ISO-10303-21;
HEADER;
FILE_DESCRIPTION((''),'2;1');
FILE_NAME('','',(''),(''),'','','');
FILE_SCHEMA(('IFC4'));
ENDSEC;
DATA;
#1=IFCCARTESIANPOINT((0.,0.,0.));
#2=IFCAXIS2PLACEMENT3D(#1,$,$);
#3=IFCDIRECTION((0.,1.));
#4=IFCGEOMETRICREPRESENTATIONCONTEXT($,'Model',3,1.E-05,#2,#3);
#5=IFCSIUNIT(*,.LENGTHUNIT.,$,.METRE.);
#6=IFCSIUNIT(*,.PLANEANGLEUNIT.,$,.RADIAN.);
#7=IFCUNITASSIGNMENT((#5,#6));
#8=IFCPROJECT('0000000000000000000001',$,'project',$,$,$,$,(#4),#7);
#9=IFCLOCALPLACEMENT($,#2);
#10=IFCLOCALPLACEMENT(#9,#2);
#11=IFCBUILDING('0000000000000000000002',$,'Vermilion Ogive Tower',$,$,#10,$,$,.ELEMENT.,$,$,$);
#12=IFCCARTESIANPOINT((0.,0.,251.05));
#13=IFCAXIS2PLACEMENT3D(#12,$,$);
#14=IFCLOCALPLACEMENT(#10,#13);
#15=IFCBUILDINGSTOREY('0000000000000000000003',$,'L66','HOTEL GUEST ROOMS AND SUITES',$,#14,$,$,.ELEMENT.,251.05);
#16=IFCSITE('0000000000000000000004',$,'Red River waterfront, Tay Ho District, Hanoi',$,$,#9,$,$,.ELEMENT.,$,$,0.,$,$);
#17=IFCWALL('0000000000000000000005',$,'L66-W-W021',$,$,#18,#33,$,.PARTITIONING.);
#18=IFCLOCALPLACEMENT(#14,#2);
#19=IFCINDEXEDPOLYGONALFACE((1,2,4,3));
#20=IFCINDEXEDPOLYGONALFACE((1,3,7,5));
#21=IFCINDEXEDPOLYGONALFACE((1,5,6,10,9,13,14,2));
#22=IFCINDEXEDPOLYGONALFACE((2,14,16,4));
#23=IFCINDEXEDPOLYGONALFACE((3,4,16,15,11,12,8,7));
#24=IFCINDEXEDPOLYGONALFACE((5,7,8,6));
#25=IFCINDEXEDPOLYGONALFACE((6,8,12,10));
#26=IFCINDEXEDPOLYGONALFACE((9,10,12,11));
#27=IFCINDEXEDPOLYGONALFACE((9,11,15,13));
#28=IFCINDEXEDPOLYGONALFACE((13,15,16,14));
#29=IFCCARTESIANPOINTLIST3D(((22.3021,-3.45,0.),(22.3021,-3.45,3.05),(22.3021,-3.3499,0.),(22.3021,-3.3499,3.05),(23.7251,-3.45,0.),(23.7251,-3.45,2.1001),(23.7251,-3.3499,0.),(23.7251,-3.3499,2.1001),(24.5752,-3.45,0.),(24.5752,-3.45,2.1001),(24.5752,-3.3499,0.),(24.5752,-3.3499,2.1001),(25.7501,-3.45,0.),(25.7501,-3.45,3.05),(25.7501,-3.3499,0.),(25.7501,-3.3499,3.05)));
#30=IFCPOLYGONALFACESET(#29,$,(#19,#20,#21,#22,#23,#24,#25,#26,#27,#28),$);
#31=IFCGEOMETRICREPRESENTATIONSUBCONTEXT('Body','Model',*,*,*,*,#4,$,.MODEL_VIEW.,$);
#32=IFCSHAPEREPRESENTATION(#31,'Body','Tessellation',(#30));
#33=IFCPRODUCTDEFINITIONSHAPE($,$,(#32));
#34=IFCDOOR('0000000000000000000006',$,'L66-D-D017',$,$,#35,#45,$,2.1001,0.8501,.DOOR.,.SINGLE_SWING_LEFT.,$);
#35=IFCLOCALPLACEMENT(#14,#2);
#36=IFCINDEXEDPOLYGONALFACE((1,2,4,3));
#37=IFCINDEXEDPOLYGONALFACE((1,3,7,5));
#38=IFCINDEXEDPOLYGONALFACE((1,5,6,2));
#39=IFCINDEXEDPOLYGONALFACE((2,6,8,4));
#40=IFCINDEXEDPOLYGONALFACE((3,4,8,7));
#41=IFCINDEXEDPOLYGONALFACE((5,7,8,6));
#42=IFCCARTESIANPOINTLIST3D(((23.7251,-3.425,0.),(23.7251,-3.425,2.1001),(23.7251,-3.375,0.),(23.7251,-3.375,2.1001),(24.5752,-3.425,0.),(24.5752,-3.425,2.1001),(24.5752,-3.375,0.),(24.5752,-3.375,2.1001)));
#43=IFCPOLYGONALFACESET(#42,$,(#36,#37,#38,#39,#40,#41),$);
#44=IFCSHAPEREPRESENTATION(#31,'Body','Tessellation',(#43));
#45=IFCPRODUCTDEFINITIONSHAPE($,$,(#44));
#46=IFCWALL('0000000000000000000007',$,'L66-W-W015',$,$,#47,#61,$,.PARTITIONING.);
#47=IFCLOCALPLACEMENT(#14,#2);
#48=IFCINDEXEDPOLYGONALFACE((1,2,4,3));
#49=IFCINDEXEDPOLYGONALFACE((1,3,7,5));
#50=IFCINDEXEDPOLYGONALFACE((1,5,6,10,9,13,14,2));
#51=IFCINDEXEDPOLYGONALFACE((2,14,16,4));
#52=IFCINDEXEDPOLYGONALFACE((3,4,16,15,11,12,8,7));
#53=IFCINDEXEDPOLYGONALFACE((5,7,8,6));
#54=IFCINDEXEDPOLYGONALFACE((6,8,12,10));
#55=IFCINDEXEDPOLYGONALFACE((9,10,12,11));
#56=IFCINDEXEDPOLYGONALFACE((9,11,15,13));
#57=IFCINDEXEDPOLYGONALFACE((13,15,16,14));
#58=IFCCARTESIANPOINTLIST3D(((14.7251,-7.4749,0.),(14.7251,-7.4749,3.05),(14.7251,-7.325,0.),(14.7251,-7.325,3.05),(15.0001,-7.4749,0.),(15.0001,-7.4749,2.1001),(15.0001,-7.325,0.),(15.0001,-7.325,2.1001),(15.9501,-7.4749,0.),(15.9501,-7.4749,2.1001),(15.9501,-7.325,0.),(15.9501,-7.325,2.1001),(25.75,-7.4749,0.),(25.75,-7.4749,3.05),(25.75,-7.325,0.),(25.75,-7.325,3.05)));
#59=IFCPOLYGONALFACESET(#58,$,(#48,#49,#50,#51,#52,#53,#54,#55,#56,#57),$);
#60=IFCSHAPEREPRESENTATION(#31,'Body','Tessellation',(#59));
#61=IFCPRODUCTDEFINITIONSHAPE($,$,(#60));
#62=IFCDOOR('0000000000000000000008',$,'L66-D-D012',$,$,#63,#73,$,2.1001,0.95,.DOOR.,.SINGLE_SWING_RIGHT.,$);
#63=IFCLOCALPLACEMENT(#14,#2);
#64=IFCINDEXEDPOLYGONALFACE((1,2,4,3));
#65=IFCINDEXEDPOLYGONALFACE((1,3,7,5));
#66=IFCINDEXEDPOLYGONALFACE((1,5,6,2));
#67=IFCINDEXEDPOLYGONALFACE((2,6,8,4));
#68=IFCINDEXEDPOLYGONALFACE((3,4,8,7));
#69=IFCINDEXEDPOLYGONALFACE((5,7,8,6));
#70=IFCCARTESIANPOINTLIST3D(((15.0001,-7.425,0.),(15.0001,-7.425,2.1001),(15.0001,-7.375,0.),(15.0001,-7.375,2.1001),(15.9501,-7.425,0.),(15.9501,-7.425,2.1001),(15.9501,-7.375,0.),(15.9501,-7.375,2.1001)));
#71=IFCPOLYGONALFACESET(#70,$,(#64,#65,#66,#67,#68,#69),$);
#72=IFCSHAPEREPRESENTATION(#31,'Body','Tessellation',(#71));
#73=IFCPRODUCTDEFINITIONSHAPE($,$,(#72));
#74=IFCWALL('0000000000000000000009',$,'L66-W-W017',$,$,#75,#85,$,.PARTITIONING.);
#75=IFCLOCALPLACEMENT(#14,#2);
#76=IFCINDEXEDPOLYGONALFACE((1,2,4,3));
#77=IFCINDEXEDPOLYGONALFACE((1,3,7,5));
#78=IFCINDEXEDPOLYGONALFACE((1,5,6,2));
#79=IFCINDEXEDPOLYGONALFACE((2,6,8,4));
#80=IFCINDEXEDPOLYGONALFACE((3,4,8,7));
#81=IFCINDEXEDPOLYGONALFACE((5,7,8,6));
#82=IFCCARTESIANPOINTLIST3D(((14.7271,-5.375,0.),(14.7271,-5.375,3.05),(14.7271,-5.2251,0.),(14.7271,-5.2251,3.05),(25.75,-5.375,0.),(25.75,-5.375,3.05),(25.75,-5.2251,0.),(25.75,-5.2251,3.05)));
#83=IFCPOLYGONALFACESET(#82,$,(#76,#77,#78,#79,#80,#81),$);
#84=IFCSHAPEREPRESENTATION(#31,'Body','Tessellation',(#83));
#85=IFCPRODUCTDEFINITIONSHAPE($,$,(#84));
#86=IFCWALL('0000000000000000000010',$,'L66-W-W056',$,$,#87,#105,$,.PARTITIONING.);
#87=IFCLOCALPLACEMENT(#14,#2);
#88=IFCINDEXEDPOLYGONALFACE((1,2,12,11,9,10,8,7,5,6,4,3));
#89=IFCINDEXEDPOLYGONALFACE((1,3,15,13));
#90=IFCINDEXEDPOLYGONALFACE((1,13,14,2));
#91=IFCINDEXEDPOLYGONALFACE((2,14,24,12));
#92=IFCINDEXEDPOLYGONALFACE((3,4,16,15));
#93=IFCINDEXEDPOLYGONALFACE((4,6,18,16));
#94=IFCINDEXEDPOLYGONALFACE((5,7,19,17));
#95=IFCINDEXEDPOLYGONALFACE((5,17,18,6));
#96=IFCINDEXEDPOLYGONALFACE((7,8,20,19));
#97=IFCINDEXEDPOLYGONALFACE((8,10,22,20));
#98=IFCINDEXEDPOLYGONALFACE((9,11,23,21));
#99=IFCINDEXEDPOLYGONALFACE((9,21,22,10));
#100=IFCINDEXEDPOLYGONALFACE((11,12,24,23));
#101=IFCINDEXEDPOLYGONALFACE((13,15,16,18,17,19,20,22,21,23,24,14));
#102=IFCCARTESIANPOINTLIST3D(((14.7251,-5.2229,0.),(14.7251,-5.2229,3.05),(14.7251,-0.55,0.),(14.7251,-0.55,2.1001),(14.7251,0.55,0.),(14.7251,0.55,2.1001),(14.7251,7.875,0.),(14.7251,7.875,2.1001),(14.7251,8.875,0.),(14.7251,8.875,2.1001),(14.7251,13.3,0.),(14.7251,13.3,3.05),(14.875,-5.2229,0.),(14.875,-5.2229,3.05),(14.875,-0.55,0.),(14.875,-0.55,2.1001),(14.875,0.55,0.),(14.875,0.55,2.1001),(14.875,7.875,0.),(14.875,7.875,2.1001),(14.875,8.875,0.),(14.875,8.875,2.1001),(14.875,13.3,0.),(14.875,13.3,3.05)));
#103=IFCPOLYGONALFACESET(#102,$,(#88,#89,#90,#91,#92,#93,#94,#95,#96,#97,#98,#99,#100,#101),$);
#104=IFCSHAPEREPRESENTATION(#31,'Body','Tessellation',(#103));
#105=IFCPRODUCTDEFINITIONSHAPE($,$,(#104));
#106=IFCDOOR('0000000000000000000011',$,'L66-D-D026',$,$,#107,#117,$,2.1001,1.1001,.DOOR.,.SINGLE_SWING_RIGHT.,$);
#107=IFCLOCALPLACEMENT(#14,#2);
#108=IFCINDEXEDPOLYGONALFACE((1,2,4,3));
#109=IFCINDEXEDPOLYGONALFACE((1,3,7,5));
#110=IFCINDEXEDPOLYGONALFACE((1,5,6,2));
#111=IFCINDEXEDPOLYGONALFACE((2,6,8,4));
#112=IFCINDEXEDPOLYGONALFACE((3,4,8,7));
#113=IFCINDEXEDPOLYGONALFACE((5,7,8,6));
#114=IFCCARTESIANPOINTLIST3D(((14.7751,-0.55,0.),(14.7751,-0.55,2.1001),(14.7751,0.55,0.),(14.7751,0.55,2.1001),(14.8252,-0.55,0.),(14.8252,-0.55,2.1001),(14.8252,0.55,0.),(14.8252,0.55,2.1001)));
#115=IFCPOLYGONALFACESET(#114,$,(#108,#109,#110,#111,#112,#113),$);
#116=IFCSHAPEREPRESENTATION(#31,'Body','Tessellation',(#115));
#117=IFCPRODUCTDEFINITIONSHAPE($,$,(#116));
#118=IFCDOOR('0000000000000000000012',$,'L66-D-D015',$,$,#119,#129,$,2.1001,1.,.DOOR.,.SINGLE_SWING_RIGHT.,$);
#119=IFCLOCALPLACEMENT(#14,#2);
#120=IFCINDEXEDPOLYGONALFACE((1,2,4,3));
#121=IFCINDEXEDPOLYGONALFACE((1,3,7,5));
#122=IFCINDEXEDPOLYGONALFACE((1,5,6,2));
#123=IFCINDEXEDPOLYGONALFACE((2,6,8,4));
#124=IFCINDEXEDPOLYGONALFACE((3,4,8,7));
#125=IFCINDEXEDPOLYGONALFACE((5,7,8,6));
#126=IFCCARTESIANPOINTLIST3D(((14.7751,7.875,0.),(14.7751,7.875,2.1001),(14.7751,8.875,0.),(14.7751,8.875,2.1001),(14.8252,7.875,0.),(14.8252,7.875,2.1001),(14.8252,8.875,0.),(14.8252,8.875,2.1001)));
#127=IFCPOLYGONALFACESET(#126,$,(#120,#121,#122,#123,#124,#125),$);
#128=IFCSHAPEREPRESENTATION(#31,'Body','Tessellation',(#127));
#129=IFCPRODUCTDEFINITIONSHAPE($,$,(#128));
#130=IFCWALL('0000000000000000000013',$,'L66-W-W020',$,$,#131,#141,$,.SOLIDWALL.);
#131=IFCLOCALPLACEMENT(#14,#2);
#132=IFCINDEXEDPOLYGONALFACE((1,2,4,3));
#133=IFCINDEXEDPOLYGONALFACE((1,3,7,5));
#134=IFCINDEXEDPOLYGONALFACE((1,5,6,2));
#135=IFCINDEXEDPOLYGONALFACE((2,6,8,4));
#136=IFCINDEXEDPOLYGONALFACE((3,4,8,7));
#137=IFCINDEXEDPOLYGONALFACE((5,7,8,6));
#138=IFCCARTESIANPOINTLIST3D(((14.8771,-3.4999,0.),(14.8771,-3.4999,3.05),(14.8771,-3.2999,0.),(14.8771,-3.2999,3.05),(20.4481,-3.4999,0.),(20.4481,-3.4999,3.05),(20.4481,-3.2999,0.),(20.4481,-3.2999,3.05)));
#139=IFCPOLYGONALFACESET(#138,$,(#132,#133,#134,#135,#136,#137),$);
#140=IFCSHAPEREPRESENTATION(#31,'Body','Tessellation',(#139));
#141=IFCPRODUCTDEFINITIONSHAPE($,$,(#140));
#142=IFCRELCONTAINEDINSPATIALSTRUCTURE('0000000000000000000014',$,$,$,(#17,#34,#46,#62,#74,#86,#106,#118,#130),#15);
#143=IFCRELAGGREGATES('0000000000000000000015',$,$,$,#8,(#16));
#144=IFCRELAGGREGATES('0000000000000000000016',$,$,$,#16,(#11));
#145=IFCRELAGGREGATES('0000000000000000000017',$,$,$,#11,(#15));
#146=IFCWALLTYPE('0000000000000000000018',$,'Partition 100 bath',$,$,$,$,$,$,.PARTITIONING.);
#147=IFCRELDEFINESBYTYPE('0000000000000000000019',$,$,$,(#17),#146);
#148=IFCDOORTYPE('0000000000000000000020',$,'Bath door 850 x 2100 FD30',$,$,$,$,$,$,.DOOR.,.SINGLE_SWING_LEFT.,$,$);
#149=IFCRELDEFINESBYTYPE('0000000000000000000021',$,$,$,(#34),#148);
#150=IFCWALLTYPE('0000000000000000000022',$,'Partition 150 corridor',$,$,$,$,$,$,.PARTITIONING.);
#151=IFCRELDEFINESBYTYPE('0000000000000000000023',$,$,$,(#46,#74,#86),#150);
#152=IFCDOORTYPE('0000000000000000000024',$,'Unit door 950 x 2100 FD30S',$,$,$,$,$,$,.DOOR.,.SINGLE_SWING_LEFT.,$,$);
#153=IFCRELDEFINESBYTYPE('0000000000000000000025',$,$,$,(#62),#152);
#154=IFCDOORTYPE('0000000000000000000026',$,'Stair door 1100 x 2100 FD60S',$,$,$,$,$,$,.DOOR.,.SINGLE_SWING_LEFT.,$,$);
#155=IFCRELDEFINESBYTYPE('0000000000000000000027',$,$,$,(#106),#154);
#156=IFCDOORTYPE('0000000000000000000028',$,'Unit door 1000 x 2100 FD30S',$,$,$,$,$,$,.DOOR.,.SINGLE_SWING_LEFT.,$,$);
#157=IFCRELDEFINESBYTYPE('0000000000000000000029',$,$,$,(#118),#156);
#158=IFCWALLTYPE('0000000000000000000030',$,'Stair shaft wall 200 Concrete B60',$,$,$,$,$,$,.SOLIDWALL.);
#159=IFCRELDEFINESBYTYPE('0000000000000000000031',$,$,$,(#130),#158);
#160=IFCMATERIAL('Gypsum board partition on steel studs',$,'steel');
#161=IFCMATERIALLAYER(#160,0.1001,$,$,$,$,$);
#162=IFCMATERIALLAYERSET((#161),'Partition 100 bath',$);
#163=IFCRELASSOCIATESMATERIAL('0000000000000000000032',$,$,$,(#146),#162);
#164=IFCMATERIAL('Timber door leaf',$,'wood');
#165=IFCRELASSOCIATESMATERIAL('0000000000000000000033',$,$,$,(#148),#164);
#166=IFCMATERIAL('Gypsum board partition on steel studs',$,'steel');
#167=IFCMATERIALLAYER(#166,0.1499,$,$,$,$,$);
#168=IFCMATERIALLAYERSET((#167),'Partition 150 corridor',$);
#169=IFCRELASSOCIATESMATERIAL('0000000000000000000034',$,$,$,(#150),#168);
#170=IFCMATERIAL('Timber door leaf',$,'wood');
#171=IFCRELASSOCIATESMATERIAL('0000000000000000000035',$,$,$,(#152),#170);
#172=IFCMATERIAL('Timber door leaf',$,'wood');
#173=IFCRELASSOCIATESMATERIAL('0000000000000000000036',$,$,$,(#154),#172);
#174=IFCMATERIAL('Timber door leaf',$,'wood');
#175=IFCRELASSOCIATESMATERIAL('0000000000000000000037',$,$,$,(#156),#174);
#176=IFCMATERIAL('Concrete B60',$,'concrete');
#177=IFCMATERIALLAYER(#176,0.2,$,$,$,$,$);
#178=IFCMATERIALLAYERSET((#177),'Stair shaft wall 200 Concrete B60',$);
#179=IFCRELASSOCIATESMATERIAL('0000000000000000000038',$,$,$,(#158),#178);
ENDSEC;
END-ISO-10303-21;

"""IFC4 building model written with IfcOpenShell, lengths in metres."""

from ifc_helpers import new_model, si_unit, direction, frame, frame_2d, origin, place, context, subcontext, project, spatial, rectangle, extrude, material, layer, layer_set, type_object, element, fill, save


model = new_model("IFC4")

# Units and contexts
model_context = context("Model", 3, precision=1e-05, world=origin(), true_north=direction((0.0, 1.0)))
body_context = subcontext(model_context, "Body", "Model", "MODEL_VIEW")
ifc_project = project(units=[si_unit("LENGTHUNIT", "METRE"), si_unit("PLANEANGLEUNIT", "RADIAN")], contexts=[model_context])

# Site, building, storey
site_placement = place(None, origin())
site = spatial("IfcSite", under=ifc_project, at=site_placement, Name="Red River waterfront, Tay Ho District, Hanoi", CompositionType="ELEMENT", RefElevation=0.0)
building_placement = place(site_placement, origin())
building = spatial("IfcBuilding", under=site, at=building_placement, Name="Vermilion Ogive Tower", CompositionType="ELEMENT")
storey_placement = place(building_placement, frame((0.0, 0.0, 251.05)))
storey = spatial("IfcBuildingStorey", under=building, at=storey_placement, Name="L66", Description="HOTEL GUEST ROOMS AND SUITES", CompositionType="ELEMENT", Elevation=251.05)

# Walls, openings, doors
ifc_material_1 = material(Name="Gypsum board partition on steel studs", Category="steel")
ifc_layer_1 = layer(ifc_material_1, 0.1001)
ifc_layer_set_1 = layer_set([ifc_layer_1], Name="Partition 100 bath")
wall_type_1 = type_object("IfcWallType", Name="Partition 100 bath", PredefinedType="PARTITIONING", material=ifc_layer_set_1)
wall_1_placement = place(storey_placement, frame((22.302, -3.3999, 0.0), z_axis=(0.0, 0.0, 1.0), x_axis=(1.0, 0.0, 0.0)))
wall_1 = element("IfcWall", 1, at=wall_1_placement, inside=storey, type_object=wall_type_1, Name="L66-W-W021", PredefinedType="PARTITIONING", context=body_context, shape_type="SweptSolid", body=[
    extrude(rectangle(XDim=3.448, YDim=0.1001, at=frame_2d((1.7241, 0.0))), origin(), (0.0, 0.0, 1.0), 3.05),
])
opening_1_placement = place(wall_1_placement, frame((1.4231, 0.0, 0.0)))
opening_1 = element("IfcOpeningElement", 2, at=opening_1_placement, cuts=wall_1, PredefinedType="OPENING", context=body_context, shape_type="SweptSolid", body=[
    extrude(rectangle(XDim=0.8501, YDim=2.1001, at=frame_2d((0.425, 1.05))), frame((0.0, 0.0601, 0.0), z_axis=(0.0, -1.0, 0.0), x_axis=(1.0, 0.0, 0.0)), (0.0, 0.0, 1.0), 0.1201),
])
ifc_material_2 = material(Name="Timber door leaf", Category="wood")
door_type_1 = type_object("IfcDoorType", Name="Bath door 850 x 2100 FD30", OperationType="SINGLE_SWING_LEFT", PredefinedType="DOOR", material=ifc_material_2)
door_1_placement = place(opening_1_placement, origin())
door_1 = element("IfcDoor", 3, at=door_1_placement, inside=storey, type_object=door_type_1, Name="L66-D-D017", OperationType="SINGLE_SWING_LEFT", OverallHeight=2.1001, OverallWidth=0.8501, PredefinedType="DOOR", context=body_context, shape_type="SweptSolid", body=[
    extrude(rectangle(XDim=0.8501, YDim=2.1001, at=frame_2d((0.425, 1.05))), frame((0.0, 0.0249, 0.0), z_axis=(0.0, -1.0, 0.0), x_axis=(1.0, 0.0, 0.0)), (0.0, 0.0, 1.0), 0.05),
])
fill(opening_1, door_1)
ifc_material_3 = material(Name="Gypsum board partition on steel studs", Category="steel")
ifc_layer_2 = layer(ifc_material_3, 0.1499)
ifc_layer_set_2 = layer_set([ifc_layer_2], Name="Partition 150 corridor")
wall_type_2 = type_object("IfcWallType", Name="Partition 150 corridor", PredefinedType="PARTITIONING", material=ifc_layer_set_2)
wall_2_placement = place(storey_placement, frame((14.7251, -7.3999, 0.0), z_axis=(0.0, 0.0, 1.0), x_axis=(1.0, 0.0, 0.0)))
wall_2 = element("IfcWall", 4, at=wall_2_placement, inside=storey, type_object=wall_type_2, Name="L66-W-W015", PredefinedType="PARTITIONING", context=body_context, shape_type="SweptSolid", body=[
    extrude(rectangle(XDim=11.0249, YDim=0.1499, at=frame_2d((5.5125, 0.0))), origin(), (0.0, 0.0, 1.0), 3.05),
])
opening_2_placement = place(wall_2_placement, frame((0.2749, 0.0, 0.0)))
opening_2 = element("IfcOpeningElement", 5, at=opening_2_placement, cuts=wall_2, PredefinedType="OPENING", context=body_context, shape_type="SweptSolid", body=[
    extrude(rectangle(XDim=0.95, YDim=2.1001, at=frame_2d((0.4751, 1.05))), frame((0.0, 0.085, 0.0), z_axis=(0.0, -1.0, 0.0), x_axis=(1.0, 0.0, 0.0)), (0.0, 0.0, 1.0), 0.1699),
])
ifc_material_4 = material(Name="Timber door leaf", Category="wood")
door_type_2 = type_object("IfcDoorType", Name="Unit door 950 x 2100 FD30S", OperationType="SINGLE_SWING_LEFT", PredefinedType="DOOR", material=ifc_material_4)
door_2_placement = place(opening_2_placement, origin())
door_2 = element("IfcDoor", 6, at=door_2_placement, inside=storey, type_object=door_type_2, Name="L66-D-D012", OperationType="SINGLE_SWING_RIGHT", OverallHeight=2.1001, OverallWidth=0.95, PredefinedType="DOOR", context=body_context, shape_type="SweptSolid", body=[
    extrude(rectangle(XDim=0.95, YDim=2.1001, at=frame_2d((0.4751, 1.05))), frame((0.0, 0.0249, 0.0), z_axis=(0.0, -1.0, 0.0), x_axis=(1.0, 0.0, 0.0)), (0.0, 0.0, 1.0), 0.05),
])
fill(opening_2, door_2)

# Wall
wall_3_placement = place(storey_placement, frame((14.7271, -5.3, 0.0), z_axis=(0.0, 0.0, 1.0), x_axis=(1.0, 0.0, 0.0)))
element("IfcWall", 7, at=wall_3_placement, inside=storey, type_object=wall_type_2, Name="L66-W-W017", PredefinedType="PARTITIONING", context=body_context, shape_type="SweptSolid", body=[
    extrude(rectangle(XDim=11.0229, YDim=0.1499, at=frame_2d((5.5115, 0.0))), origin(), (0.0, 0.0, 1.0), 3.05),
])

# Wall, openings, doors
wall_4_placement = place(storey_placement, frame((14.8, -5.2229, 0.0), z_axis=(0.0, 0.0, 1.0), x_axis=(0.0, 1.0, 0.0)))
wall_4 = element("IfcWall", 8, at=wall_4_placement, inside=storey, type_object=wall_type_2, Name="L66-W-W056", PredefinedType="PARTITIONING", context=body_context, shape_type="SweptSolid", body=[
    extrude(rectangle(XDim=18.5229, YDim=0.1499, at=frame_2d((9.2615, 0.0))), origin(), (0.0, 0.0, 1.0), 3.05),
])
opening_3_placement = place(wall_4_placement, frame((13.0979, 0.0, 0.0)))
opening_3 = element("IfcOpeningElement", 9, at=opening_3_placement, cuts=wall_4, PredefinedType="OPENING", context=body_context, shape_type="SweptSolid", body=[
    extrude(rectangle(XDim=1.0, YDim=2.1001, at=frame_2d((0.5, 1.05))), frame((0.0, 0.085, 0.0), z_axis=(0.0, -1.0, 0.0), x_axis=(1.0, 0.0, 0.0)), (0.0, 0.0, 1.0), 0.1699),
])
opening_4_placement = place(wall_4_placement, frame((4.6729, 0.0, 0.0)))
opening_4 = element("IfcOpeningElement", 10, at=opening_4_placement, cuts=wall_4, PredefinedType="OPENING", context=body_context, shape_type="SweptSolid", body=[
    extrude(rectangle(XDim=1.1001, YDim=2.1001, at=frame_2d((0.55, 1.05))), frame((0.0, 0.085, 0.0), z_axis=(0.0, -1.0, 0.0), x_axis=(1.0, 0.0, 0.0)), (0.0, 0.0, 1.0), 0.1699),
])
ifc_material_5 = material(Name="Timber door leaf", Category="wood")
door_type_3 = type_object("IfcDoorType", Name="Stair door 1100 x 2100 FD60S", OperationType="SINGLE_SWING_LEFT", PredefinedType="DOOR", material=ifc_material_5)
door_3_placement = place(opening_4_placement, origin())
door_3 = element("IfcDoor", 11, at=door_3_placement, inside=storey, type_object=door_type_3, Name="L66-D-D026", OperationType="SINGLE_SWING_RIGHT", OverallHeight=2.1001, OverallWidth=1.1001, PredefinedType="DOOR", context=body_context, shape_type="SweptSolid", body=[
    extrude(rectangle(XDim=1.1001, YDim=2.1001, at=frame_2d((0.55, 1.05))), frame((0.0, 0.0249, 0.0), z_axis=(0.0, -1.0, 0.0), x_axis=(1.0, 0.0, 0.0)), (0.0, 0.0, 1.0), 0.05),
])
fill(opening_4, door_3)
ifc_material_6 = material(Name="Timber door leaf", Category="wood")
door_type_4 = type_object("IfcDoorType", Name="Unit door 1000 x 2100 FD30S", OperationType="SINGLE_SWING_LEFT", PredefinedType="DOOR", material=ifc_material_6)
door_4_placement = place(opening_3_placement, origin())
door_4 = element("IfcDoor", 12, at=door_4_placement, inside=storey, type_object=door_type_4, Name="L66-D-D015", OperationType="SINGLE_SWING_RIGHT", OverallHeight=2.1001, OverallWidth=1.0, PredefinedType="DOOR", context=body_context, shape_type="SweptSolid", body=[
    extrude(rectangle(XDim=1.0, YDim=2.1001, at=frame_2d((0.5, 1.05))), frame((0.0, 0.0249, 0.0), z_axis=(0.0, -1.0, 0.0), x_axis=(1.0, 0.0, 0.0)), (0.0, 0.0, 1.0), 0.05),
])
fill(opening_3, door_4)

# Wall
ifc_material_7 = material(Name="Concrete B60", Category="concrete")
ifc_layer_3 = layer(ifc_material_7, 0.2)
ifc_layer_set_3 = layer_set([ifc_layer_3], Name="Stair shaft wall 200 Concrete B60")
wall_type_3 = type_object("IfcWallType", Name="Stair shaft wall 200 Concrete B60", PredefinedType="SOLIDWALL", material=ifc_layer_set_3)
wall_5_placement = place(storey_placement, frame((14.877, -3.3999, 0.0), z_axis=(0.0, 0.0, 1.0), x_axis=(1.0, 0.0, 0.0)))
element("IfcWall", 13, at=wall_5_placement, inside=storey, type_object=wall_type_3, Name="L66-W-W020", PredefinedType="SOLIDWALL", context=body_context, shape_type="SweptSolid", body=[
    extrude(rectangle(XDim=5.571, YDim=0.2, at=frame_2d((2.7856, 0.0))), origin(), (0.0, 0.0, 1.0), 3.05),
])

save(model, "model.ifc")
